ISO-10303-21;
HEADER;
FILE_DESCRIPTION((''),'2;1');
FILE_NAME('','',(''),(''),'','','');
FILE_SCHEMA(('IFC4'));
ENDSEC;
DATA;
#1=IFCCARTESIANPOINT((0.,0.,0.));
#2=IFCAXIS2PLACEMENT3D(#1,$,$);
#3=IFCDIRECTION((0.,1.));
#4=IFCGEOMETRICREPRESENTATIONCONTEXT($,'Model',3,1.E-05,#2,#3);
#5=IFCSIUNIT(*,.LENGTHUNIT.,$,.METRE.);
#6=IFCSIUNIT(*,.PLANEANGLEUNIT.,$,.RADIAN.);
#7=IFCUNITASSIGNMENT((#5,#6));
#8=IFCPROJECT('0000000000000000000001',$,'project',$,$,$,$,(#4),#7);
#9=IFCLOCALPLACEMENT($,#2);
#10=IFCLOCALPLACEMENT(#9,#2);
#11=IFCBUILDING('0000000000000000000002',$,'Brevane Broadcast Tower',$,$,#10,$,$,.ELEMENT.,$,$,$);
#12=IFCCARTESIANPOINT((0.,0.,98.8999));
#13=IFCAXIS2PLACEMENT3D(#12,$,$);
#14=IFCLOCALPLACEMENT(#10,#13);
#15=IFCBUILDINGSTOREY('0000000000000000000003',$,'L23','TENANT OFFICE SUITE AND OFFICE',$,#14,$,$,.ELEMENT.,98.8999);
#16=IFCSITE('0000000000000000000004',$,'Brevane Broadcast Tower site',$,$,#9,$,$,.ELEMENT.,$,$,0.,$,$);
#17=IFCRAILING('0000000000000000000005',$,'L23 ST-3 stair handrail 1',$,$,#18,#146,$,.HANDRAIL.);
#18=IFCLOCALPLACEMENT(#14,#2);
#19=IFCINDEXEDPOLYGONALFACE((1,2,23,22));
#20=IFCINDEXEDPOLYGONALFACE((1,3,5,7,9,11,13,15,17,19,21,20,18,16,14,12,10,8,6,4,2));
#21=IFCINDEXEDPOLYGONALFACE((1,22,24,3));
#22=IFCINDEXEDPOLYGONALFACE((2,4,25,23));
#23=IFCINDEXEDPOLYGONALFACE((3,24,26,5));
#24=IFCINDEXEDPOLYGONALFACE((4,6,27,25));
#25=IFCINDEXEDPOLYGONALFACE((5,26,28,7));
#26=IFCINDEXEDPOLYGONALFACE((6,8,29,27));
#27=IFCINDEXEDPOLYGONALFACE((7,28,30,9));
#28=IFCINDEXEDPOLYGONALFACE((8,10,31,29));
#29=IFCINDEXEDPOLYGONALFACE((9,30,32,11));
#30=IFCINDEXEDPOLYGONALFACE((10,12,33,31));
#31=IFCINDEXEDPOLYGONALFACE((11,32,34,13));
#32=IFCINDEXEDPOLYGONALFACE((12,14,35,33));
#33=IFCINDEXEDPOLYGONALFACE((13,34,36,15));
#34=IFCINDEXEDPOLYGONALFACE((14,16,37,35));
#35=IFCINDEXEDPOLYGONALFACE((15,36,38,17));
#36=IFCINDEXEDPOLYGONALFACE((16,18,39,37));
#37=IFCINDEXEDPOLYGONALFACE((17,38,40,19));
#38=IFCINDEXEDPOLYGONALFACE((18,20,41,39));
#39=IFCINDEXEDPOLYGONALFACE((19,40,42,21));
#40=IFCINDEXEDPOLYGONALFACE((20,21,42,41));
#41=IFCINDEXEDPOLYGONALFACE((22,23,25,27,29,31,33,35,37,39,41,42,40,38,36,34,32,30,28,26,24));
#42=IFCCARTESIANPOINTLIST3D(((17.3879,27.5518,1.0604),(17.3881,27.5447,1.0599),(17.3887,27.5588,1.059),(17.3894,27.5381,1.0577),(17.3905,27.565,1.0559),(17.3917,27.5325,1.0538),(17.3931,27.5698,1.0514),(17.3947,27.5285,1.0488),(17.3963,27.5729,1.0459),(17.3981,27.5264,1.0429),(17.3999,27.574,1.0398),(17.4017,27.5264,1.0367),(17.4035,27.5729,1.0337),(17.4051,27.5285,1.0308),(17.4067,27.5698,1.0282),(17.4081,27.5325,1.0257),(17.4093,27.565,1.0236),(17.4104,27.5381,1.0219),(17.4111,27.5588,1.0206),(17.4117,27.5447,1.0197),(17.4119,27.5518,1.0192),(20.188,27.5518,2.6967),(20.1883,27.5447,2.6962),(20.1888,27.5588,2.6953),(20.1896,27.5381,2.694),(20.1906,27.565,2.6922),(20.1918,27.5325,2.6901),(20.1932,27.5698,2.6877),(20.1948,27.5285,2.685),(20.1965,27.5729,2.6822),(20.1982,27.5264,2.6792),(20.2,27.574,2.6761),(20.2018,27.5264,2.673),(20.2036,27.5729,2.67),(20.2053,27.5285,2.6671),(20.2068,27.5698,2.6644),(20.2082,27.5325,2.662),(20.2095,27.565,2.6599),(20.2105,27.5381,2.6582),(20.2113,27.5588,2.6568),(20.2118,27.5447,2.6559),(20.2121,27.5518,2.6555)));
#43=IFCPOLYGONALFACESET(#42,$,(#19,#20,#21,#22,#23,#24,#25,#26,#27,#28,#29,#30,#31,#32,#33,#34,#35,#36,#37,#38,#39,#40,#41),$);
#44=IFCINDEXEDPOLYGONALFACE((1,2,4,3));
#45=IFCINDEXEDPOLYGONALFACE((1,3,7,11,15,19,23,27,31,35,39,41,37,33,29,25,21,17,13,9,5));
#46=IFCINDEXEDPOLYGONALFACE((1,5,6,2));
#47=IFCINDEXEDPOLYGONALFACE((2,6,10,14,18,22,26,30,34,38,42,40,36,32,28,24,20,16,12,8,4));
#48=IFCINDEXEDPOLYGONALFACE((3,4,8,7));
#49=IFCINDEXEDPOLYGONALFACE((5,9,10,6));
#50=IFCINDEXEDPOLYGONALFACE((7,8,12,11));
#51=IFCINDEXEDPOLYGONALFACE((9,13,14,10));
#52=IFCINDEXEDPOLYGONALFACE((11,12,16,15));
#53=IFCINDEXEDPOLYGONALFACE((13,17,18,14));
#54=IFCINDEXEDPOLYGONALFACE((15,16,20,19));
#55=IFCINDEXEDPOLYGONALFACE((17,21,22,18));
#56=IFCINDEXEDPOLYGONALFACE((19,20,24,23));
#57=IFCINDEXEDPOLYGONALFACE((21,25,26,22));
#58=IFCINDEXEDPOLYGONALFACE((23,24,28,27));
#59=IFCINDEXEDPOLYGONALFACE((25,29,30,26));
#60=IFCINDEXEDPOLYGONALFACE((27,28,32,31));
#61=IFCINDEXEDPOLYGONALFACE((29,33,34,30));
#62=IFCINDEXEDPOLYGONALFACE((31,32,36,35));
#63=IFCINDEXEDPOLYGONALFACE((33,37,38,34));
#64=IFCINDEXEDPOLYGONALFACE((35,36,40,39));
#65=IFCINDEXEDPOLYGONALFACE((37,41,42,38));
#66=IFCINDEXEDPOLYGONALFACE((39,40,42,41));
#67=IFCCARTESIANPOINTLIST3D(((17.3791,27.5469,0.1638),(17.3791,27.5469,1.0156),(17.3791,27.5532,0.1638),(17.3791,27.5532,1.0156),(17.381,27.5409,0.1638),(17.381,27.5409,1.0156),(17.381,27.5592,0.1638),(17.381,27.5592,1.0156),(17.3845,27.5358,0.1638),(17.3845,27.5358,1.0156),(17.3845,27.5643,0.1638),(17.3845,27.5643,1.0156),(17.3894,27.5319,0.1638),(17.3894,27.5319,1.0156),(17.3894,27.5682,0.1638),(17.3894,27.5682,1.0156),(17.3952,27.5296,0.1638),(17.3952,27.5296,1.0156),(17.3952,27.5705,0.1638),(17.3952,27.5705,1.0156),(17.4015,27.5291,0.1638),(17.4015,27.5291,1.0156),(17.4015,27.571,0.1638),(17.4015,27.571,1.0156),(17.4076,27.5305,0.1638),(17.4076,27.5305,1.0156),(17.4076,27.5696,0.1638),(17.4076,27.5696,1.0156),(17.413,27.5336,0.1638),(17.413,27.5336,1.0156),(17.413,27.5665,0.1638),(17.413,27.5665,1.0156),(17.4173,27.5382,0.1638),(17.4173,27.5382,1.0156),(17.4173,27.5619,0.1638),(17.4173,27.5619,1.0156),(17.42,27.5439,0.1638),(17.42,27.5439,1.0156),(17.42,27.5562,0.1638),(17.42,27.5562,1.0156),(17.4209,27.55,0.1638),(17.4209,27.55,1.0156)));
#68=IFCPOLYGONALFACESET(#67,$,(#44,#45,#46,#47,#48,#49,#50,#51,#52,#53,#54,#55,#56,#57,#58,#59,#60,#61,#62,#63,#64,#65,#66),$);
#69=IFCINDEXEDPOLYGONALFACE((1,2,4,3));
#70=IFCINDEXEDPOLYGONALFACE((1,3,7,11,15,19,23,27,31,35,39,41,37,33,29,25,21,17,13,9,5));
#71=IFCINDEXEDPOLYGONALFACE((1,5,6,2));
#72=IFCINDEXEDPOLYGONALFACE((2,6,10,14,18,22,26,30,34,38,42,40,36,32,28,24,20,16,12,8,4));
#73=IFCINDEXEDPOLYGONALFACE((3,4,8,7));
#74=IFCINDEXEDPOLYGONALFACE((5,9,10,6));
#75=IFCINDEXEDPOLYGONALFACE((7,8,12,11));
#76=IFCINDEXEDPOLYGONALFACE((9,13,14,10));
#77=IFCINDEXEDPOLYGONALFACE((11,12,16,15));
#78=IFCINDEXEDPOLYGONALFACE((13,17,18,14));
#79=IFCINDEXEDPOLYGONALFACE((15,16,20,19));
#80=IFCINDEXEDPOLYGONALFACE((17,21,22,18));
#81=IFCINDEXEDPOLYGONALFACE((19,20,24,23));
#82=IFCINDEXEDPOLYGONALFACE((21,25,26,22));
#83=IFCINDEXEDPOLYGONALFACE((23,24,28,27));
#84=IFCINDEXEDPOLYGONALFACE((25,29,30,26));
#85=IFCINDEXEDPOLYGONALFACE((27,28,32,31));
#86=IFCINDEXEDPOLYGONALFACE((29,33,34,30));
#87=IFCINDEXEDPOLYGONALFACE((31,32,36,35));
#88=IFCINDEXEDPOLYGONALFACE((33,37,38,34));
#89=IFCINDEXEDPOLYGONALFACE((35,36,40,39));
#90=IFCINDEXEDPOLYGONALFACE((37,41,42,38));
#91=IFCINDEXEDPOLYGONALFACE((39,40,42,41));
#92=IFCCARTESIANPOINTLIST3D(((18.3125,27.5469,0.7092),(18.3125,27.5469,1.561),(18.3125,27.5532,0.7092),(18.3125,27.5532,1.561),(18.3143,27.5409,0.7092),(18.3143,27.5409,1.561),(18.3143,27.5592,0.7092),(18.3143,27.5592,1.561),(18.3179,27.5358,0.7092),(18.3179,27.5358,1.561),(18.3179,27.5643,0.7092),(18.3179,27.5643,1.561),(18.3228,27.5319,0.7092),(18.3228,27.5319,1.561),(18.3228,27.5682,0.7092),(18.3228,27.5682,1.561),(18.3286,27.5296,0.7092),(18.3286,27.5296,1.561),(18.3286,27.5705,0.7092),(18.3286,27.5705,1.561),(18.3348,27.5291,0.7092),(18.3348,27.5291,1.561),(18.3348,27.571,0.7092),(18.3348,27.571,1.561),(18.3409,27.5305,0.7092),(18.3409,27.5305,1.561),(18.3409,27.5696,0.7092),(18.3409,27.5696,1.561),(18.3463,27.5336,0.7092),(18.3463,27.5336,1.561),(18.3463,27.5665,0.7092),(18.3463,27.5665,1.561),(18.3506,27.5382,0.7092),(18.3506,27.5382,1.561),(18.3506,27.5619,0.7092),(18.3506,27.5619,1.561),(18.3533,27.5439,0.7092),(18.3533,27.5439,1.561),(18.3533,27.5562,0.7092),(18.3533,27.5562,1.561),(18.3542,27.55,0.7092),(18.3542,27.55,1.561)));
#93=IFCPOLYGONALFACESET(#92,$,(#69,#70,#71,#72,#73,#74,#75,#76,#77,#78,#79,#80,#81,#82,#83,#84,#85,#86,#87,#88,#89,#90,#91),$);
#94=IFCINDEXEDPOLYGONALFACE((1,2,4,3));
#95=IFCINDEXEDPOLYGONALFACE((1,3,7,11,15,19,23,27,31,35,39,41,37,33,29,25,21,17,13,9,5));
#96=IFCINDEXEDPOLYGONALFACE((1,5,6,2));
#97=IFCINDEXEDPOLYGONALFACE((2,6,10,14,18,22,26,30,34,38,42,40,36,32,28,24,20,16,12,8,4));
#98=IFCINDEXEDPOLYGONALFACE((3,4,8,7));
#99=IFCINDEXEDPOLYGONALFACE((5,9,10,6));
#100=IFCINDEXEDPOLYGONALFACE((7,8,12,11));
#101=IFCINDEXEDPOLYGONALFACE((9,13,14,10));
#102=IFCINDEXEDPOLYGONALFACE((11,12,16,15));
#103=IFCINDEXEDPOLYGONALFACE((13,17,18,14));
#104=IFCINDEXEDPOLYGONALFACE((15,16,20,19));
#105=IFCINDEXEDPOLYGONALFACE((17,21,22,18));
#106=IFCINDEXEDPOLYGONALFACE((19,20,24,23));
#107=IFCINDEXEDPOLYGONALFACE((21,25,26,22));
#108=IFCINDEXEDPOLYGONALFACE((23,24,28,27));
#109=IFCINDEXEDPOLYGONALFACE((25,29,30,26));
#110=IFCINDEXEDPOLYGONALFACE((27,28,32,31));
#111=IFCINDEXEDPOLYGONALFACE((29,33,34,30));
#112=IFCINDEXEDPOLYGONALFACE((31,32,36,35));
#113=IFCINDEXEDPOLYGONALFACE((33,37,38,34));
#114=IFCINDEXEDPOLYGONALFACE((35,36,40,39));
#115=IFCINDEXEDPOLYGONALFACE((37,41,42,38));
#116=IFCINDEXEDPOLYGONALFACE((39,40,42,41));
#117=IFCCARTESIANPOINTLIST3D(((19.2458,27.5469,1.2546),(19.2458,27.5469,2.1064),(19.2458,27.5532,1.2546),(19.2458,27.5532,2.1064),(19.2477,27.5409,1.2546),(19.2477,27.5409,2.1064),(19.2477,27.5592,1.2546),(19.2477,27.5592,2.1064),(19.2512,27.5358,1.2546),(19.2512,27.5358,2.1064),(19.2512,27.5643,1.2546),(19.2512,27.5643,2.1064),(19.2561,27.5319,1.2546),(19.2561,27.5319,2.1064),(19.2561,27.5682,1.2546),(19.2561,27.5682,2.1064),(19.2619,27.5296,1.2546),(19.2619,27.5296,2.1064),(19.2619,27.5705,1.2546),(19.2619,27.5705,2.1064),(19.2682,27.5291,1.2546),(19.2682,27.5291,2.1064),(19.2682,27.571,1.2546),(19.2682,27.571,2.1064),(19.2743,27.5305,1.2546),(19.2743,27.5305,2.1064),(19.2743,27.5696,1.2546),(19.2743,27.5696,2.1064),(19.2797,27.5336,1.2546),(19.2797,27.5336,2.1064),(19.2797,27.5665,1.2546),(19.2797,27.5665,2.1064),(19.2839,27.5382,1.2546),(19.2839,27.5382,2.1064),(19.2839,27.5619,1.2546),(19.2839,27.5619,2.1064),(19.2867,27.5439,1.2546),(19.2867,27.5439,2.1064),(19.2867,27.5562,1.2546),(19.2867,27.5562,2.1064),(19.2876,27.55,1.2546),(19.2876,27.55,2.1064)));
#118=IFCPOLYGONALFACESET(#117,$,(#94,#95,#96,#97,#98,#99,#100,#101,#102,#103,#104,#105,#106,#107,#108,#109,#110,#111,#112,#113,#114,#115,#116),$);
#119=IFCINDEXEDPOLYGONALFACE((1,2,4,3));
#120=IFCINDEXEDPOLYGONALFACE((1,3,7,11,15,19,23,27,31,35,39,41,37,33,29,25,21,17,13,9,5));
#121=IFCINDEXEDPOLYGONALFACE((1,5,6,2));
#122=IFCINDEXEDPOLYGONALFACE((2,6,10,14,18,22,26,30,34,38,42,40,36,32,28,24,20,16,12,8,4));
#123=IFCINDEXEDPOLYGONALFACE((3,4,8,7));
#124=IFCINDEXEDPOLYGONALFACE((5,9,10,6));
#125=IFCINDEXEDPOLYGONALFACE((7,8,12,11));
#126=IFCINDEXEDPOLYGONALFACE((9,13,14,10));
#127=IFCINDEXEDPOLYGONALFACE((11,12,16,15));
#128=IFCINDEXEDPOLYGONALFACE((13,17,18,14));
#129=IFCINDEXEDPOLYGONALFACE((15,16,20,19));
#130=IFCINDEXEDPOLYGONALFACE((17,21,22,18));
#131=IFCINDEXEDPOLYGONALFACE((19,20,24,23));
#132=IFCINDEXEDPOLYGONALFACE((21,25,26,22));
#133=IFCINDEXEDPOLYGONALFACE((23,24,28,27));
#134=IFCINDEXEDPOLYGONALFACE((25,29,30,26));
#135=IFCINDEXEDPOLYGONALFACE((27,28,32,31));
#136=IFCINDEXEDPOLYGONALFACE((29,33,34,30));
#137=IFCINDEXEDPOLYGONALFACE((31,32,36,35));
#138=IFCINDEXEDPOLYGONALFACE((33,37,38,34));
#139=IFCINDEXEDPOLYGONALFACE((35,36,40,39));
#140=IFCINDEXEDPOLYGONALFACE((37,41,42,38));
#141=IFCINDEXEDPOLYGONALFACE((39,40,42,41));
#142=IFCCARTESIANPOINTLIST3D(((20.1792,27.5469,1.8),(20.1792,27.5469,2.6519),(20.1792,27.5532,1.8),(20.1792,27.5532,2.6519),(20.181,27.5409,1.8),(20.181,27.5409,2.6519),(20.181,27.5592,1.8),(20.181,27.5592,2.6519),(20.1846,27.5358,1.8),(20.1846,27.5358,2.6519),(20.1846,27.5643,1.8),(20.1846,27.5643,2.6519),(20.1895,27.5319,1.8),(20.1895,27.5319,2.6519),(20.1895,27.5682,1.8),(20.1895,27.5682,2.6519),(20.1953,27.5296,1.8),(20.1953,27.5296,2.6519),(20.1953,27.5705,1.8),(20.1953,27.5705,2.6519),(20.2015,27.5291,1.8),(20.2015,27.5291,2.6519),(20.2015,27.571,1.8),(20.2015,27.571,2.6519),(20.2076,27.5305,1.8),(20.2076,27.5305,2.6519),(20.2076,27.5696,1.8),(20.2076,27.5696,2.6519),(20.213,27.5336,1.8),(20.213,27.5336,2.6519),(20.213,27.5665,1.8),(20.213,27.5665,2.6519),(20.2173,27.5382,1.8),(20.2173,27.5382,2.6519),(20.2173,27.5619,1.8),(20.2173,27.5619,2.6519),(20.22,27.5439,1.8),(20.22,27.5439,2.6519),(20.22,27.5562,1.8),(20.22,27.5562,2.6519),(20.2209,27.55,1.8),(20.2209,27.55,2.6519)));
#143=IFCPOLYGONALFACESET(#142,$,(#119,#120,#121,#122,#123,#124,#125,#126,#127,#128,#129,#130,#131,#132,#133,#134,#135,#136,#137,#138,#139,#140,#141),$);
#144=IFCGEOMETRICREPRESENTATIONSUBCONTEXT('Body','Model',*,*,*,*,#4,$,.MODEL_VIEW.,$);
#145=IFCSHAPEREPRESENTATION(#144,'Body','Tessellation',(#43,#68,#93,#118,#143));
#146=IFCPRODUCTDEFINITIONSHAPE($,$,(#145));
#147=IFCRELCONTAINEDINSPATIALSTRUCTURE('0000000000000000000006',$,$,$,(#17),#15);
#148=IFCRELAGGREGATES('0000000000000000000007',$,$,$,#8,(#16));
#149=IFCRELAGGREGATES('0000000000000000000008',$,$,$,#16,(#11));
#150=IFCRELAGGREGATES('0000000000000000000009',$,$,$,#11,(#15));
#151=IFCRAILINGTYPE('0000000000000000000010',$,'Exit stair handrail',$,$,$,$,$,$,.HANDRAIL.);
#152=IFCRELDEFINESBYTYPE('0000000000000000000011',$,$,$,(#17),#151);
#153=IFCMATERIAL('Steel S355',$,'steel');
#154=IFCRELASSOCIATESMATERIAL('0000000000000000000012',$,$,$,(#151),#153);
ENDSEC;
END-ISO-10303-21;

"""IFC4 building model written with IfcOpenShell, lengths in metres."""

from ifc_helpers import new_model, si_unit, direction, frame, origin, origin_2d, place, context, subcontext, project, spatial, circle, extrude, material, type_object, element, save


model = new_model("IFC4")

# Units and contexts
model_context = context("Model", 3, precision=1e-05, world=origin(), true_north=direction((0.0, 1.0)))
body_context = subcontext(model_context, "Body", "Model", "MODEL_VIEW")
ifc_project = project(units=[si_unit("LENGTHUNIT", "METRE"), si_unit("PLANEANGLEUNIT", "RADIAN")], contexts=[model_context])

# Site, building, storey
site_placement = place(None, origin())
site = spatial("IfcSite", under=ifc_project, at=site_placement, Name="Brevane Broadcast Tower site", CompositionType="ELEMENT", RefElevation=0.0)
building_placement = place(site_placement, origin())
building = spatial("IfcBuilding", under=site, at=building_placement, Name="Brevane Broadcast Tower", CompositionType="ELEMENT")
storey_placement = place(building_placement, frame((0.0, 0.0, 98.8999)))
storey = spatial("IfcBuildingStorey", under=building, at=storey_placement, Name="L23", Description="TENANT OFFICE SUITE AND OFFICE", CompositionType="ELEMENT", Elevation=98.8999)

# Railing
ifc_material_1 = material(Name="Steel S355", Category="steel")
railing_type_1 = type_object("IfcRailingType", Name="Exit stair handrail", PredefinedType="HANDRAIL", material=ifc_material_1)
railing_1_placement = place(storey_placement, frame((17.3999, 27.55, 0.1638)))
element("IfcRailing", 1, at=railing_1_placement, inside=storey, type_object=railing_type_1, Name="L23 ST-3 stair handrail 1", PredefinedType="HANDRAIL", context=body_context, shape_type="SweptSolid", body=[
    extrude(circle(Radius=0.0239, at=origin_2d()), frame((0.0, 0.0, 0.876), z_axis=(0.863394, 0.0, 0.504531), x_axis=(0.0, 1.0, 0.0)), (0.0, 0.0, 1.0), 3.2432),
    extrude(circle(Radius=0.021, at=origin_2d()), origin(), (0.0, 0.0, 1.0), 0.8518),
    extrude(circle(Radius=0.021, at=origin_2d()), frame((0.9333, 0.0, 0.5454)), (0.0, 0.0, 1.0), 0.8518),
    extrude(circle(Radius=0.021, at=origin_2d()), frame((1.8667, 0.0, 1.0908)), (0.0, 0.0, 1.0), 0.8518),
    extrude(circle(Radius=0.021, at=origin_2d()), frame((2.8, 0.0, 1.6362)), (0.0, 0.0, 1.0), 0.8518),
])

save(model, "model.ifc")
